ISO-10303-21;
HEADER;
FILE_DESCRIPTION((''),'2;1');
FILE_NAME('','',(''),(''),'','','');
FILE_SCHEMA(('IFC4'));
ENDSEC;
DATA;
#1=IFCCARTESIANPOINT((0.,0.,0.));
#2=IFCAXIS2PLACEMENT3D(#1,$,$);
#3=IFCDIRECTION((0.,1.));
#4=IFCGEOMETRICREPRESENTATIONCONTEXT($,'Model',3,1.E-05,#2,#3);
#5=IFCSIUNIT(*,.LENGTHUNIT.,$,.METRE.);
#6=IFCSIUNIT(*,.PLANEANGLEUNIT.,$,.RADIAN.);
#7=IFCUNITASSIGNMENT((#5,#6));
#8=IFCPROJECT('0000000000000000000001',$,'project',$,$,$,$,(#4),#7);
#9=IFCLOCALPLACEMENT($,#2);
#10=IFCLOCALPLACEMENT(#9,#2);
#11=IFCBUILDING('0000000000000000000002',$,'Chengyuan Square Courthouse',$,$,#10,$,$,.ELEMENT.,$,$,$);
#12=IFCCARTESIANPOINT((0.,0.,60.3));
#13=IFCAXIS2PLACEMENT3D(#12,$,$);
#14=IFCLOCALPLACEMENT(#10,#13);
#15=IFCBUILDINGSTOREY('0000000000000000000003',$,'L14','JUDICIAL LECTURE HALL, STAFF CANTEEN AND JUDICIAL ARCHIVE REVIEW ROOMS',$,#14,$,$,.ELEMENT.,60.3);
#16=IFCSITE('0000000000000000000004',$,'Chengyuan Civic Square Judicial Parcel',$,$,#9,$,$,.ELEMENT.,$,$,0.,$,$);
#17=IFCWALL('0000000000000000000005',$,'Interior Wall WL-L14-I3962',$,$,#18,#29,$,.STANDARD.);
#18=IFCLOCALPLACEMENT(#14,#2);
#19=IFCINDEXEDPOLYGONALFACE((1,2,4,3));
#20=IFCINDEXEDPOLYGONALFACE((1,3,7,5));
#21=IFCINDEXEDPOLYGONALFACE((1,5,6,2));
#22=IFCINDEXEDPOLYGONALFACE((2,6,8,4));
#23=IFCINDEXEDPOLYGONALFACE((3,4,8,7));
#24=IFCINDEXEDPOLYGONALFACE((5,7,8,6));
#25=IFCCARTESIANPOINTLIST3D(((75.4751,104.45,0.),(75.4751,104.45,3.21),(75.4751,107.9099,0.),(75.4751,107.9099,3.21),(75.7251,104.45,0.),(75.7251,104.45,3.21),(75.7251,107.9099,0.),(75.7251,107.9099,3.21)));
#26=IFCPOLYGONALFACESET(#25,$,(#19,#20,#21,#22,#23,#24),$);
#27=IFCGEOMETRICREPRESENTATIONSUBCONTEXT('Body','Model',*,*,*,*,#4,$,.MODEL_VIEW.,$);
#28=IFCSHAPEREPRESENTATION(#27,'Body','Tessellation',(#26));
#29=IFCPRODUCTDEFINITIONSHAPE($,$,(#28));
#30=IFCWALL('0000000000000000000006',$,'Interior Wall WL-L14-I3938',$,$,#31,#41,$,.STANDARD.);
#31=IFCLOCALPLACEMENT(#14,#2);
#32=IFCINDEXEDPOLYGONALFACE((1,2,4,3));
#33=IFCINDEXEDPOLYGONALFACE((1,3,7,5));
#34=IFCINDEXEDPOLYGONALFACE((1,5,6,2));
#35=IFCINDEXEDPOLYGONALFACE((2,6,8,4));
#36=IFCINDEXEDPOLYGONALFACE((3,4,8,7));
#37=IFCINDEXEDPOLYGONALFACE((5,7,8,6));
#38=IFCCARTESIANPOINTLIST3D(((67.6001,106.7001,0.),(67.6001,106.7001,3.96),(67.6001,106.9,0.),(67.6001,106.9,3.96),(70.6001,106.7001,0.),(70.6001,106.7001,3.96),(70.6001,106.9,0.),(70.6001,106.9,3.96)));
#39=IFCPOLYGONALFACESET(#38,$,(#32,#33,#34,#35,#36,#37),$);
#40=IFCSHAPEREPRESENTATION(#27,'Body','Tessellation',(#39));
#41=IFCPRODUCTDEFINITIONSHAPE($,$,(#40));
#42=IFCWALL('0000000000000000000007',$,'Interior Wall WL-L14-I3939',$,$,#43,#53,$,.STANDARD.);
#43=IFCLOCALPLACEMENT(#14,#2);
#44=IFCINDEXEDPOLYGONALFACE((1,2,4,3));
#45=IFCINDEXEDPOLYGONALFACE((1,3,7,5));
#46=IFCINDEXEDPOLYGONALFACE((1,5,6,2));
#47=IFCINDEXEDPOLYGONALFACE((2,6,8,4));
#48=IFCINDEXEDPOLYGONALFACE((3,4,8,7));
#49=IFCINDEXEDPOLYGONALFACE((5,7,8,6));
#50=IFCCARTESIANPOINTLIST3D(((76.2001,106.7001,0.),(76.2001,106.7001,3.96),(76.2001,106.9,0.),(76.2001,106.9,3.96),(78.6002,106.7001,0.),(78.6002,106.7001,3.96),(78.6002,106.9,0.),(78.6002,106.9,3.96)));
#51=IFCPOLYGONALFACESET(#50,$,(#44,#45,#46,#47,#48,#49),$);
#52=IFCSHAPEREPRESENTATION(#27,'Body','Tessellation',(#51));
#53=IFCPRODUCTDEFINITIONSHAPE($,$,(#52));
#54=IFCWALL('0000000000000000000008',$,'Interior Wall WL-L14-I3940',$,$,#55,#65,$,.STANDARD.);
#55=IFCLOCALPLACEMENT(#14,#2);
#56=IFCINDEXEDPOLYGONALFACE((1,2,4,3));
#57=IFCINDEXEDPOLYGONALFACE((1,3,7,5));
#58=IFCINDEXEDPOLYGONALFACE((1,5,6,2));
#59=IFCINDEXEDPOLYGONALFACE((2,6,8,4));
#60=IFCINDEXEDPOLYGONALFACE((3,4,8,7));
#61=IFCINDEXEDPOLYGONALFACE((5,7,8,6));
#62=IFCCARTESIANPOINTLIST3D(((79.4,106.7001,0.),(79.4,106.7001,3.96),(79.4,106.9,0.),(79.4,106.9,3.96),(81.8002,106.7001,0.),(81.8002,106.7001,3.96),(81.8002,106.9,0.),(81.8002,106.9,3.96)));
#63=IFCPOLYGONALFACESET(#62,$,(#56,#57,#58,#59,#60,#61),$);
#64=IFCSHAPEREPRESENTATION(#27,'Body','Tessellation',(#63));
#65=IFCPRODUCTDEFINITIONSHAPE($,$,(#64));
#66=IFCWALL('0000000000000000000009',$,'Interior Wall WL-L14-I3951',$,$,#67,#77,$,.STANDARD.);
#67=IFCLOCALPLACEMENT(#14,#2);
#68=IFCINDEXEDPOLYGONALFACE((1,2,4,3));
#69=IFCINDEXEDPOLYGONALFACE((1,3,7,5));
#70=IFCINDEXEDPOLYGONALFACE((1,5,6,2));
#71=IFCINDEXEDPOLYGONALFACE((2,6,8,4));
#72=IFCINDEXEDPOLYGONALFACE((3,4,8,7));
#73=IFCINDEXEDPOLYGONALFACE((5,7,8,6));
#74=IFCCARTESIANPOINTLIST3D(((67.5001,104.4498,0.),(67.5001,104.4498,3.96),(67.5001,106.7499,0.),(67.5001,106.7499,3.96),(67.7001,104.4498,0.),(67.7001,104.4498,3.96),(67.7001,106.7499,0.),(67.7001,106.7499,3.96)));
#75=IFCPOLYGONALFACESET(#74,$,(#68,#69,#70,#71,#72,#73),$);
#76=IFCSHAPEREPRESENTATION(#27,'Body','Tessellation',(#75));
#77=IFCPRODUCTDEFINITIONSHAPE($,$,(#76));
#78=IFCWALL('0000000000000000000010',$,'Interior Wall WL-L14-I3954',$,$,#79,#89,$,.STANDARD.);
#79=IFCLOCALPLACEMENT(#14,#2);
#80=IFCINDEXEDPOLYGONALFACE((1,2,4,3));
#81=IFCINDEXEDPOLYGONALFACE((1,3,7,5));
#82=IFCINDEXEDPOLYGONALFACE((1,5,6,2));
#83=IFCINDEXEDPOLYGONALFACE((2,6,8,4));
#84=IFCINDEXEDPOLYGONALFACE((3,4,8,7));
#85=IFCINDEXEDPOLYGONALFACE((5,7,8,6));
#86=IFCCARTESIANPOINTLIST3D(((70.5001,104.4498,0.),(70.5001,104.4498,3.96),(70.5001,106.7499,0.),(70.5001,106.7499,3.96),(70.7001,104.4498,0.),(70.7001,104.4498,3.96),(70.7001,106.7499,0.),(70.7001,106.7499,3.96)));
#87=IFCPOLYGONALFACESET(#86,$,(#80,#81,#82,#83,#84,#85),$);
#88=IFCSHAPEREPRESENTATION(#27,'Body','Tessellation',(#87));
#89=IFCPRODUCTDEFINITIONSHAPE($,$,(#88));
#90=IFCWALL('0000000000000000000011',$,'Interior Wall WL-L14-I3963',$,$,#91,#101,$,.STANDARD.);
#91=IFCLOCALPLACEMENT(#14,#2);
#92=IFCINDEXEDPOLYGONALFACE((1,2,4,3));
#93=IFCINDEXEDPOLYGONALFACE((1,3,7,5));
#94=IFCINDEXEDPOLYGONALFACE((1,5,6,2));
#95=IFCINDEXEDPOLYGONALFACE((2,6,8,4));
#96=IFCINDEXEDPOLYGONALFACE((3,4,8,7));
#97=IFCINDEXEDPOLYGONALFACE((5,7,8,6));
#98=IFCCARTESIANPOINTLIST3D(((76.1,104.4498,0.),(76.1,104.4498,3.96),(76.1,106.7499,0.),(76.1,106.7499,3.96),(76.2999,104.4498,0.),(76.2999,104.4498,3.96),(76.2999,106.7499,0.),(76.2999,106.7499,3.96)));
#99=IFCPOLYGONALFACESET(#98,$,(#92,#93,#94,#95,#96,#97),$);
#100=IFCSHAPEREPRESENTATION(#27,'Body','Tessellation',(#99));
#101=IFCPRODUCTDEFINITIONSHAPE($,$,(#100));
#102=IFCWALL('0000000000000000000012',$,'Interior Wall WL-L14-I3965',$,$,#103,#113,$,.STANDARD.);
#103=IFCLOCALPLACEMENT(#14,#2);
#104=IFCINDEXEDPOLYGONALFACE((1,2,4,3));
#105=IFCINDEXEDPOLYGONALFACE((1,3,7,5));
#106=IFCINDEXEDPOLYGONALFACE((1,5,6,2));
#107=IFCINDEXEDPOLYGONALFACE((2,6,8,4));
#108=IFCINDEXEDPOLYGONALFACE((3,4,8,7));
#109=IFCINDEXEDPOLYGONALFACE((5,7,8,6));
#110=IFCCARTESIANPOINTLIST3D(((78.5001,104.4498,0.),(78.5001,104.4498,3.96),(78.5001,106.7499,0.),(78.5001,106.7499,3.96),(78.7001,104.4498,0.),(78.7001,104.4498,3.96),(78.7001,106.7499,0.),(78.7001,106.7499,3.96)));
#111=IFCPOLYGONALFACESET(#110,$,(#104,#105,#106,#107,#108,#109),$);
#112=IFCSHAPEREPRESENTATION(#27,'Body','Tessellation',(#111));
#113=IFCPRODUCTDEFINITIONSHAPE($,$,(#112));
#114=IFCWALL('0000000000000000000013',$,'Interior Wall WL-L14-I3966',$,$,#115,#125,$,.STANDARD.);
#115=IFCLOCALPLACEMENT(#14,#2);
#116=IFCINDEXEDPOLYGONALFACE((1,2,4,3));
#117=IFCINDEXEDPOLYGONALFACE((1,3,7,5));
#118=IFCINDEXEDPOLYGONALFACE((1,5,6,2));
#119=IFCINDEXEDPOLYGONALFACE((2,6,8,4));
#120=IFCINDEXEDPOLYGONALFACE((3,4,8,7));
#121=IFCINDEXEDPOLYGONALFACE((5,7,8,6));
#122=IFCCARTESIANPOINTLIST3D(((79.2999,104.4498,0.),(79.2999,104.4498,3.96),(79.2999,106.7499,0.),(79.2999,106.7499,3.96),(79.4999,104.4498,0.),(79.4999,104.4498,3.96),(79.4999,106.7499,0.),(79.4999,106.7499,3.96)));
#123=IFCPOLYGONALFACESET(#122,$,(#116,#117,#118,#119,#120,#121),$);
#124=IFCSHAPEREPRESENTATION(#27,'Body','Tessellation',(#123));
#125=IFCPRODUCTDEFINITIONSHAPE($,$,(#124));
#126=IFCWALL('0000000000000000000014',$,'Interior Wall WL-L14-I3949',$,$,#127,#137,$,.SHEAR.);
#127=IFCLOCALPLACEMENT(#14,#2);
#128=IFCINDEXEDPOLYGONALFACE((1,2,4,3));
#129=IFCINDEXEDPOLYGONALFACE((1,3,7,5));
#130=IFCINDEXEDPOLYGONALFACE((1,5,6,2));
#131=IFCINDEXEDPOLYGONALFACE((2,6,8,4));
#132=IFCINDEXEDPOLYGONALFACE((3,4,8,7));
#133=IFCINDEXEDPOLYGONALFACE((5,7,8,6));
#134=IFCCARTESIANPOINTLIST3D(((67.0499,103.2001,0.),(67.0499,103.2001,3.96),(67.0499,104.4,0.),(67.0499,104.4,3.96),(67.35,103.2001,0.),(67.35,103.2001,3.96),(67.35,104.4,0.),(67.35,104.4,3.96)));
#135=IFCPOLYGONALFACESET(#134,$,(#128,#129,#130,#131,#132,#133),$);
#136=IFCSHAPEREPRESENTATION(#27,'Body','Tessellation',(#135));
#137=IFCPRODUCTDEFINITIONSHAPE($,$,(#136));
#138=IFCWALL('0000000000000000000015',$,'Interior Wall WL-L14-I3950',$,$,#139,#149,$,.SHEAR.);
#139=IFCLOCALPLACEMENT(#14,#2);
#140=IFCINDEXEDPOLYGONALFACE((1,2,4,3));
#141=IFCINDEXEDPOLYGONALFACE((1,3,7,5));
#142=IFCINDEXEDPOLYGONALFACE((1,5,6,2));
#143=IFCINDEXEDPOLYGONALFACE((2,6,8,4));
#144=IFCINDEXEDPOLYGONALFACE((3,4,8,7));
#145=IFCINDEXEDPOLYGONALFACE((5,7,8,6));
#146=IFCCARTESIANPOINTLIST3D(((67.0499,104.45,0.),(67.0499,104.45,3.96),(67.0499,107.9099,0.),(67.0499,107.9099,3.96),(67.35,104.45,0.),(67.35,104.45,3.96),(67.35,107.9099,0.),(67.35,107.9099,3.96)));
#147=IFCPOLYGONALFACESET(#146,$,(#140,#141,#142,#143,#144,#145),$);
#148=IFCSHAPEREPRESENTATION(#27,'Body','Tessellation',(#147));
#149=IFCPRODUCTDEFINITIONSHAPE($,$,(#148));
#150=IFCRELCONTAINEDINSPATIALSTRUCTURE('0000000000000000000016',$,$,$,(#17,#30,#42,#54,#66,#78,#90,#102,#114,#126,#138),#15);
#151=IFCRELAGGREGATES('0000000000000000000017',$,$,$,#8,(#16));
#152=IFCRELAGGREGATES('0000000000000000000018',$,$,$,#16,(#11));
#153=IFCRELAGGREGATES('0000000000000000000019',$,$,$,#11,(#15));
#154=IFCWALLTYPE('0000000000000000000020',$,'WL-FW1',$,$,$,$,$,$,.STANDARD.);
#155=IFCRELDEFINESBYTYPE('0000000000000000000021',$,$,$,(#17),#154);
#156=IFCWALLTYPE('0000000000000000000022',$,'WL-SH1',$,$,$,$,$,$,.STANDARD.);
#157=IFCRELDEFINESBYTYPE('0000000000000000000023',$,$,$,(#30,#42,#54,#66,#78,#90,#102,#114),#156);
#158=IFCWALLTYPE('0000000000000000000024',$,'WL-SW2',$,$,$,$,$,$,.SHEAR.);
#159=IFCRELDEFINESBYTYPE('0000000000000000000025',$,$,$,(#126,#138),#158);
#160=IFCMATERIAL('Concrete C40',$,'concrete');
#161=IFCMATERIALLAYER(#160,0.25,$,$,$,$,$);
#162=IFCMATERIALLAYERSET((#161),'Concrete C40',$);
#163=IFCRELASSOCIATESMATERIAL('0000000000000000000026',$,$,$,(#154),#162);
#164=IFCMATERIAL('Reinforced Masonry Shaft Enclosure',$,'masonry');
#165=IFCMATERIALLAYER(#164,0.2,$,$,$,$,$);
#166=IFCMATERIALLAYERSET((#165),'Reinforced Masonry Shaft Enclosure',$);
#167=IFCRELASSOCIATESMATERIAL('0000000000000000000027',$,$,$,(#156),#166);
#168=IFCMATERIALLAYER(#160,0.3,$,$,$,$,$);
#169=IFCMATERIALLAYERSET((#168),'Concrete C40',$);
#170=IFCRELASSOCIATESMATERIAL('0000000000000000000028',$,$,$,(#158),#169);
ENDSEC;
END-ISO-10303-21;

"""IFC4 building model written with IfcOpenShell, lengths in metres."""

from ifc_helpers import new_model, si_unit, direction, frame, frame_2d, origin, place, context, subcontext, project, spatial, rectangle, extrude, material, layer, layer_set, type_object, element, save


model = new_model("IFC4")

# Units and contexts
model_context = context("Model", 3, precision=1e-05, world=origin(), true_north=direction((0.0, 1.0)))
body_context = subcontext(model_context, "Body", "Model", "MODEL_VIEW")
ifc_project = project(units=[si_unit("LENGTHUNIT", "METRE"), si_unit("PLANEANGLEUNIT", "RADIAN")], contexts=[model_context])

# Site, building, storey
site_placement = place(None, origin())
site = spatial("IfcSite", under=ifc_project, at=site_placement, Name="Chengyuan Civic Square Judicial Parcel", CompositionType="ELEMENT", RefElevation=0.0)
building_placement = place(site_placement, origin())
building = spatial("IfcBuilding", under=site, at=building_placement, Name="Chengyuan Square Courthouse", CompositionType="ELEMENT")
storey_placement = place(building_placement, frame((0.0, 0.0, 60.3)))
storey = spatial("IfcBuildingStorey", under=building, at=storey_placement, Name="L14", Description="JUDICIAL LECTURE HALL, STAFF CANTEEN AND JUDICIAL ARCHIVE REVIEW ROOMS", CompositionType="ELEMENT", Elevation=60.3)

# Shared definitions
ifc_material_1 = material(Name="Concrete C40", Category="concrete")

# Shared definitions
ifc_layer_1 = layer(ifc_material_1, 0.25)
ifc_layer_set_1 = layer_set([ifc_layer_1], Name="Concrete C40")
wall_type_1 = type_object("IfcWallType", Name="WL-FW1", PredefinedType="STANDARD", material=ifc_layer_set_1)

# Wall
wall_1_placement = place(storey_placement, frame((75.6001, 104.45, 0.0), z_axis=(0.0, 0.0, 1.0), x_axis=(0.0, 1.0, 0.0)))
element("IfcWall", 1, at=wall_1_placement, inside=storey, type_object=wall_type_1, Name="Interior Wall WL-L14-I3962", PredefinedType="STANDARD", context=body_context, shape_type="SweptSolid", body=[
    extrude(rectangle(XDim=3.46, YDim=0.25, at=frame_2d((1.73, 0.0))), origin(), (0.0, 0.0, 1.0), 3.21),
])

# Shared definitions
ifc_material_2 = material(Name="Reinforced Masonry Shaft Enclosure", Category="masonry")
ifc_layer_2 = layer(ifc_material_2, 0.2)
ifc_layer_set_2 = layer_set([ifc_layer_2], Name="Reinforced Masonry Shaft Enclosure")
wall_type_2 = type_object("IfcWallType", Name="WL-SH1", PredefinedType="STANDARD", material=ifc_layer_set_2)

# Walls
wall_2_placement = place(storey_placement, frame((67.6001, 106.8, 0.0), z_axis=(0.0, 0.0, 1.0), x_axis=(1.0, 0.0, 0.0)))
element("IfcWall", 2, at=wall_2_placement, inside=storey, type_object=wall_type_2, Name="Interior Wall WL-L14-I3938", PredefinedType="STANDARD", context=body_context, shape_type="SweptSolid", body=[
    extrude(rectangle(XDim=3.0, YDim=0.2, at=frame_2d((1.5, 0.0))), origin(), (0.0, 0.0, 1.0), 3.96),
])
for number, where, z_axis, x_axis, name in (
    (3, (76.2, 106.8, 0.0), (0.0, 0.0, 1.0), (1.0, 0.0, 0.0), "Interior Wall WL-L14-I3939"),
    (4, (79.3999, 106.8, 0.0), (0.0, 0.0, 1.0), (1.0, 0.0, 0.0), "Interior Wall WL-L14-I3940"),
):
    element("IfcWall", number, at=place(storey_placement, frame(where, z_axis=z_axis, x_axis=x_axis)), inside=storey, type_object=wall_type_2, Name=name, PredefinedType="STANDARD", context=body_context, shape_type="SweptSolid", body=[
        extrude(rectangle(XDim=2.4001, YDim=0.2, at=frame_2d((1.2002, 0.0))), origin(), (0.0, 0.0, 1.0), 3.96),
    ])
for number, where, z_axis, x_axis, name in (
    (5, (67.6001, 104.45, 0.0), (0.0, 0.0, 1.0), (0.0, 1.0, 0.0), "Interior Wall WL-L14-I3951"),
    (6, (70.6001, 104.45, 0.0), (0.0, 0.0, 1.0), (0.0, 1.0, 0.0), "Interior Wall WL-L14-I3954"),
    (7, (76.2, 104.45, 0.0), (0.0, 0.0, 1.0), (0.0, 1.0, 0.0), "Interior Wall WL-L14-I3963"),
    (8, (78.6001, 104.45, 0.0), (0.0, 0.0, 1.0), (0.0, 1.0, 0.0), "Interior Wall WL-L14-I3965"),
    (9, (79.3999, 104.45, 0.0), (0.0, 0.0, 1.0), (0.0, 1.0, 0.0), "Interior Wall WL-L14-I3966"),
):
    element("IfcWall", number, at=place(storey_placement, frame(where, z_axis=z_axis, x_axis=x_axis)), inside=storey, type_object=wall_type_2, Name=name, PredefinedType="STANDARD", context=body_context, shape_type="SweptSolid", body=[
        extrude(rectangle(XDim=2.3, YDim=0.2, at=frame_2d((1.1499, 0.0))), origin(), (0.0, 0.0, 1.0), 3.96),
    ])
ifc_layer_3 = layer(ifc_material_1, 0.3)
ifc_layer_set_3 = layer_set([ifc_layer_3], Name="Concrete C40")
wall_type_3 = type_object("IfcWallType", Name="WL-SW2", PredefinedType="SHEAR", material=ifc_layer_set_3)
wall_3_placement = place(storey_placement, frame((67.2, 103.2, 0.0), z_axis=(0.0, 0.0, 1.0), x_axis=(0.0, 1.0, 0.0)))
element("IfcWall", 10, at=wall_3_placement, inside=storey, type_object=wall_type_3, Name="Interior Wall WL-L14-I3949", PredefinedType="SHEAR", context=body_context, shape_type="SweptSolid", body=[
    extrude(rectangle(XDim=1.2, YDim=0.3, at=frame_2d((0.6001, 0.0))), origin(), (0.0, 0.0, 1.0), 3.96),
])
wall_4_placement = place(storey_placement, frame((67.2, 104.45, 0.0), z_axis=(0.0, 0.0, 1.0), x_axis=(0.0, 1.0, 0.0)))
element("IfcWall", 11, at=wall_4_placement, inside=storey, type_object=wall_type_3, Name="Interior Wall WL-L14-I3950", PredefinedType="SHEAR", context=body_context, shape_type="SweptSolid", body=[
    extrude(rectangle(XDim=3.46, YDim=0.3, at=frame_2d((1.73, 0.0))), origin(), (0.0, 0.0, 1.0), 3.96),
])

save(model, "model.ifc")
